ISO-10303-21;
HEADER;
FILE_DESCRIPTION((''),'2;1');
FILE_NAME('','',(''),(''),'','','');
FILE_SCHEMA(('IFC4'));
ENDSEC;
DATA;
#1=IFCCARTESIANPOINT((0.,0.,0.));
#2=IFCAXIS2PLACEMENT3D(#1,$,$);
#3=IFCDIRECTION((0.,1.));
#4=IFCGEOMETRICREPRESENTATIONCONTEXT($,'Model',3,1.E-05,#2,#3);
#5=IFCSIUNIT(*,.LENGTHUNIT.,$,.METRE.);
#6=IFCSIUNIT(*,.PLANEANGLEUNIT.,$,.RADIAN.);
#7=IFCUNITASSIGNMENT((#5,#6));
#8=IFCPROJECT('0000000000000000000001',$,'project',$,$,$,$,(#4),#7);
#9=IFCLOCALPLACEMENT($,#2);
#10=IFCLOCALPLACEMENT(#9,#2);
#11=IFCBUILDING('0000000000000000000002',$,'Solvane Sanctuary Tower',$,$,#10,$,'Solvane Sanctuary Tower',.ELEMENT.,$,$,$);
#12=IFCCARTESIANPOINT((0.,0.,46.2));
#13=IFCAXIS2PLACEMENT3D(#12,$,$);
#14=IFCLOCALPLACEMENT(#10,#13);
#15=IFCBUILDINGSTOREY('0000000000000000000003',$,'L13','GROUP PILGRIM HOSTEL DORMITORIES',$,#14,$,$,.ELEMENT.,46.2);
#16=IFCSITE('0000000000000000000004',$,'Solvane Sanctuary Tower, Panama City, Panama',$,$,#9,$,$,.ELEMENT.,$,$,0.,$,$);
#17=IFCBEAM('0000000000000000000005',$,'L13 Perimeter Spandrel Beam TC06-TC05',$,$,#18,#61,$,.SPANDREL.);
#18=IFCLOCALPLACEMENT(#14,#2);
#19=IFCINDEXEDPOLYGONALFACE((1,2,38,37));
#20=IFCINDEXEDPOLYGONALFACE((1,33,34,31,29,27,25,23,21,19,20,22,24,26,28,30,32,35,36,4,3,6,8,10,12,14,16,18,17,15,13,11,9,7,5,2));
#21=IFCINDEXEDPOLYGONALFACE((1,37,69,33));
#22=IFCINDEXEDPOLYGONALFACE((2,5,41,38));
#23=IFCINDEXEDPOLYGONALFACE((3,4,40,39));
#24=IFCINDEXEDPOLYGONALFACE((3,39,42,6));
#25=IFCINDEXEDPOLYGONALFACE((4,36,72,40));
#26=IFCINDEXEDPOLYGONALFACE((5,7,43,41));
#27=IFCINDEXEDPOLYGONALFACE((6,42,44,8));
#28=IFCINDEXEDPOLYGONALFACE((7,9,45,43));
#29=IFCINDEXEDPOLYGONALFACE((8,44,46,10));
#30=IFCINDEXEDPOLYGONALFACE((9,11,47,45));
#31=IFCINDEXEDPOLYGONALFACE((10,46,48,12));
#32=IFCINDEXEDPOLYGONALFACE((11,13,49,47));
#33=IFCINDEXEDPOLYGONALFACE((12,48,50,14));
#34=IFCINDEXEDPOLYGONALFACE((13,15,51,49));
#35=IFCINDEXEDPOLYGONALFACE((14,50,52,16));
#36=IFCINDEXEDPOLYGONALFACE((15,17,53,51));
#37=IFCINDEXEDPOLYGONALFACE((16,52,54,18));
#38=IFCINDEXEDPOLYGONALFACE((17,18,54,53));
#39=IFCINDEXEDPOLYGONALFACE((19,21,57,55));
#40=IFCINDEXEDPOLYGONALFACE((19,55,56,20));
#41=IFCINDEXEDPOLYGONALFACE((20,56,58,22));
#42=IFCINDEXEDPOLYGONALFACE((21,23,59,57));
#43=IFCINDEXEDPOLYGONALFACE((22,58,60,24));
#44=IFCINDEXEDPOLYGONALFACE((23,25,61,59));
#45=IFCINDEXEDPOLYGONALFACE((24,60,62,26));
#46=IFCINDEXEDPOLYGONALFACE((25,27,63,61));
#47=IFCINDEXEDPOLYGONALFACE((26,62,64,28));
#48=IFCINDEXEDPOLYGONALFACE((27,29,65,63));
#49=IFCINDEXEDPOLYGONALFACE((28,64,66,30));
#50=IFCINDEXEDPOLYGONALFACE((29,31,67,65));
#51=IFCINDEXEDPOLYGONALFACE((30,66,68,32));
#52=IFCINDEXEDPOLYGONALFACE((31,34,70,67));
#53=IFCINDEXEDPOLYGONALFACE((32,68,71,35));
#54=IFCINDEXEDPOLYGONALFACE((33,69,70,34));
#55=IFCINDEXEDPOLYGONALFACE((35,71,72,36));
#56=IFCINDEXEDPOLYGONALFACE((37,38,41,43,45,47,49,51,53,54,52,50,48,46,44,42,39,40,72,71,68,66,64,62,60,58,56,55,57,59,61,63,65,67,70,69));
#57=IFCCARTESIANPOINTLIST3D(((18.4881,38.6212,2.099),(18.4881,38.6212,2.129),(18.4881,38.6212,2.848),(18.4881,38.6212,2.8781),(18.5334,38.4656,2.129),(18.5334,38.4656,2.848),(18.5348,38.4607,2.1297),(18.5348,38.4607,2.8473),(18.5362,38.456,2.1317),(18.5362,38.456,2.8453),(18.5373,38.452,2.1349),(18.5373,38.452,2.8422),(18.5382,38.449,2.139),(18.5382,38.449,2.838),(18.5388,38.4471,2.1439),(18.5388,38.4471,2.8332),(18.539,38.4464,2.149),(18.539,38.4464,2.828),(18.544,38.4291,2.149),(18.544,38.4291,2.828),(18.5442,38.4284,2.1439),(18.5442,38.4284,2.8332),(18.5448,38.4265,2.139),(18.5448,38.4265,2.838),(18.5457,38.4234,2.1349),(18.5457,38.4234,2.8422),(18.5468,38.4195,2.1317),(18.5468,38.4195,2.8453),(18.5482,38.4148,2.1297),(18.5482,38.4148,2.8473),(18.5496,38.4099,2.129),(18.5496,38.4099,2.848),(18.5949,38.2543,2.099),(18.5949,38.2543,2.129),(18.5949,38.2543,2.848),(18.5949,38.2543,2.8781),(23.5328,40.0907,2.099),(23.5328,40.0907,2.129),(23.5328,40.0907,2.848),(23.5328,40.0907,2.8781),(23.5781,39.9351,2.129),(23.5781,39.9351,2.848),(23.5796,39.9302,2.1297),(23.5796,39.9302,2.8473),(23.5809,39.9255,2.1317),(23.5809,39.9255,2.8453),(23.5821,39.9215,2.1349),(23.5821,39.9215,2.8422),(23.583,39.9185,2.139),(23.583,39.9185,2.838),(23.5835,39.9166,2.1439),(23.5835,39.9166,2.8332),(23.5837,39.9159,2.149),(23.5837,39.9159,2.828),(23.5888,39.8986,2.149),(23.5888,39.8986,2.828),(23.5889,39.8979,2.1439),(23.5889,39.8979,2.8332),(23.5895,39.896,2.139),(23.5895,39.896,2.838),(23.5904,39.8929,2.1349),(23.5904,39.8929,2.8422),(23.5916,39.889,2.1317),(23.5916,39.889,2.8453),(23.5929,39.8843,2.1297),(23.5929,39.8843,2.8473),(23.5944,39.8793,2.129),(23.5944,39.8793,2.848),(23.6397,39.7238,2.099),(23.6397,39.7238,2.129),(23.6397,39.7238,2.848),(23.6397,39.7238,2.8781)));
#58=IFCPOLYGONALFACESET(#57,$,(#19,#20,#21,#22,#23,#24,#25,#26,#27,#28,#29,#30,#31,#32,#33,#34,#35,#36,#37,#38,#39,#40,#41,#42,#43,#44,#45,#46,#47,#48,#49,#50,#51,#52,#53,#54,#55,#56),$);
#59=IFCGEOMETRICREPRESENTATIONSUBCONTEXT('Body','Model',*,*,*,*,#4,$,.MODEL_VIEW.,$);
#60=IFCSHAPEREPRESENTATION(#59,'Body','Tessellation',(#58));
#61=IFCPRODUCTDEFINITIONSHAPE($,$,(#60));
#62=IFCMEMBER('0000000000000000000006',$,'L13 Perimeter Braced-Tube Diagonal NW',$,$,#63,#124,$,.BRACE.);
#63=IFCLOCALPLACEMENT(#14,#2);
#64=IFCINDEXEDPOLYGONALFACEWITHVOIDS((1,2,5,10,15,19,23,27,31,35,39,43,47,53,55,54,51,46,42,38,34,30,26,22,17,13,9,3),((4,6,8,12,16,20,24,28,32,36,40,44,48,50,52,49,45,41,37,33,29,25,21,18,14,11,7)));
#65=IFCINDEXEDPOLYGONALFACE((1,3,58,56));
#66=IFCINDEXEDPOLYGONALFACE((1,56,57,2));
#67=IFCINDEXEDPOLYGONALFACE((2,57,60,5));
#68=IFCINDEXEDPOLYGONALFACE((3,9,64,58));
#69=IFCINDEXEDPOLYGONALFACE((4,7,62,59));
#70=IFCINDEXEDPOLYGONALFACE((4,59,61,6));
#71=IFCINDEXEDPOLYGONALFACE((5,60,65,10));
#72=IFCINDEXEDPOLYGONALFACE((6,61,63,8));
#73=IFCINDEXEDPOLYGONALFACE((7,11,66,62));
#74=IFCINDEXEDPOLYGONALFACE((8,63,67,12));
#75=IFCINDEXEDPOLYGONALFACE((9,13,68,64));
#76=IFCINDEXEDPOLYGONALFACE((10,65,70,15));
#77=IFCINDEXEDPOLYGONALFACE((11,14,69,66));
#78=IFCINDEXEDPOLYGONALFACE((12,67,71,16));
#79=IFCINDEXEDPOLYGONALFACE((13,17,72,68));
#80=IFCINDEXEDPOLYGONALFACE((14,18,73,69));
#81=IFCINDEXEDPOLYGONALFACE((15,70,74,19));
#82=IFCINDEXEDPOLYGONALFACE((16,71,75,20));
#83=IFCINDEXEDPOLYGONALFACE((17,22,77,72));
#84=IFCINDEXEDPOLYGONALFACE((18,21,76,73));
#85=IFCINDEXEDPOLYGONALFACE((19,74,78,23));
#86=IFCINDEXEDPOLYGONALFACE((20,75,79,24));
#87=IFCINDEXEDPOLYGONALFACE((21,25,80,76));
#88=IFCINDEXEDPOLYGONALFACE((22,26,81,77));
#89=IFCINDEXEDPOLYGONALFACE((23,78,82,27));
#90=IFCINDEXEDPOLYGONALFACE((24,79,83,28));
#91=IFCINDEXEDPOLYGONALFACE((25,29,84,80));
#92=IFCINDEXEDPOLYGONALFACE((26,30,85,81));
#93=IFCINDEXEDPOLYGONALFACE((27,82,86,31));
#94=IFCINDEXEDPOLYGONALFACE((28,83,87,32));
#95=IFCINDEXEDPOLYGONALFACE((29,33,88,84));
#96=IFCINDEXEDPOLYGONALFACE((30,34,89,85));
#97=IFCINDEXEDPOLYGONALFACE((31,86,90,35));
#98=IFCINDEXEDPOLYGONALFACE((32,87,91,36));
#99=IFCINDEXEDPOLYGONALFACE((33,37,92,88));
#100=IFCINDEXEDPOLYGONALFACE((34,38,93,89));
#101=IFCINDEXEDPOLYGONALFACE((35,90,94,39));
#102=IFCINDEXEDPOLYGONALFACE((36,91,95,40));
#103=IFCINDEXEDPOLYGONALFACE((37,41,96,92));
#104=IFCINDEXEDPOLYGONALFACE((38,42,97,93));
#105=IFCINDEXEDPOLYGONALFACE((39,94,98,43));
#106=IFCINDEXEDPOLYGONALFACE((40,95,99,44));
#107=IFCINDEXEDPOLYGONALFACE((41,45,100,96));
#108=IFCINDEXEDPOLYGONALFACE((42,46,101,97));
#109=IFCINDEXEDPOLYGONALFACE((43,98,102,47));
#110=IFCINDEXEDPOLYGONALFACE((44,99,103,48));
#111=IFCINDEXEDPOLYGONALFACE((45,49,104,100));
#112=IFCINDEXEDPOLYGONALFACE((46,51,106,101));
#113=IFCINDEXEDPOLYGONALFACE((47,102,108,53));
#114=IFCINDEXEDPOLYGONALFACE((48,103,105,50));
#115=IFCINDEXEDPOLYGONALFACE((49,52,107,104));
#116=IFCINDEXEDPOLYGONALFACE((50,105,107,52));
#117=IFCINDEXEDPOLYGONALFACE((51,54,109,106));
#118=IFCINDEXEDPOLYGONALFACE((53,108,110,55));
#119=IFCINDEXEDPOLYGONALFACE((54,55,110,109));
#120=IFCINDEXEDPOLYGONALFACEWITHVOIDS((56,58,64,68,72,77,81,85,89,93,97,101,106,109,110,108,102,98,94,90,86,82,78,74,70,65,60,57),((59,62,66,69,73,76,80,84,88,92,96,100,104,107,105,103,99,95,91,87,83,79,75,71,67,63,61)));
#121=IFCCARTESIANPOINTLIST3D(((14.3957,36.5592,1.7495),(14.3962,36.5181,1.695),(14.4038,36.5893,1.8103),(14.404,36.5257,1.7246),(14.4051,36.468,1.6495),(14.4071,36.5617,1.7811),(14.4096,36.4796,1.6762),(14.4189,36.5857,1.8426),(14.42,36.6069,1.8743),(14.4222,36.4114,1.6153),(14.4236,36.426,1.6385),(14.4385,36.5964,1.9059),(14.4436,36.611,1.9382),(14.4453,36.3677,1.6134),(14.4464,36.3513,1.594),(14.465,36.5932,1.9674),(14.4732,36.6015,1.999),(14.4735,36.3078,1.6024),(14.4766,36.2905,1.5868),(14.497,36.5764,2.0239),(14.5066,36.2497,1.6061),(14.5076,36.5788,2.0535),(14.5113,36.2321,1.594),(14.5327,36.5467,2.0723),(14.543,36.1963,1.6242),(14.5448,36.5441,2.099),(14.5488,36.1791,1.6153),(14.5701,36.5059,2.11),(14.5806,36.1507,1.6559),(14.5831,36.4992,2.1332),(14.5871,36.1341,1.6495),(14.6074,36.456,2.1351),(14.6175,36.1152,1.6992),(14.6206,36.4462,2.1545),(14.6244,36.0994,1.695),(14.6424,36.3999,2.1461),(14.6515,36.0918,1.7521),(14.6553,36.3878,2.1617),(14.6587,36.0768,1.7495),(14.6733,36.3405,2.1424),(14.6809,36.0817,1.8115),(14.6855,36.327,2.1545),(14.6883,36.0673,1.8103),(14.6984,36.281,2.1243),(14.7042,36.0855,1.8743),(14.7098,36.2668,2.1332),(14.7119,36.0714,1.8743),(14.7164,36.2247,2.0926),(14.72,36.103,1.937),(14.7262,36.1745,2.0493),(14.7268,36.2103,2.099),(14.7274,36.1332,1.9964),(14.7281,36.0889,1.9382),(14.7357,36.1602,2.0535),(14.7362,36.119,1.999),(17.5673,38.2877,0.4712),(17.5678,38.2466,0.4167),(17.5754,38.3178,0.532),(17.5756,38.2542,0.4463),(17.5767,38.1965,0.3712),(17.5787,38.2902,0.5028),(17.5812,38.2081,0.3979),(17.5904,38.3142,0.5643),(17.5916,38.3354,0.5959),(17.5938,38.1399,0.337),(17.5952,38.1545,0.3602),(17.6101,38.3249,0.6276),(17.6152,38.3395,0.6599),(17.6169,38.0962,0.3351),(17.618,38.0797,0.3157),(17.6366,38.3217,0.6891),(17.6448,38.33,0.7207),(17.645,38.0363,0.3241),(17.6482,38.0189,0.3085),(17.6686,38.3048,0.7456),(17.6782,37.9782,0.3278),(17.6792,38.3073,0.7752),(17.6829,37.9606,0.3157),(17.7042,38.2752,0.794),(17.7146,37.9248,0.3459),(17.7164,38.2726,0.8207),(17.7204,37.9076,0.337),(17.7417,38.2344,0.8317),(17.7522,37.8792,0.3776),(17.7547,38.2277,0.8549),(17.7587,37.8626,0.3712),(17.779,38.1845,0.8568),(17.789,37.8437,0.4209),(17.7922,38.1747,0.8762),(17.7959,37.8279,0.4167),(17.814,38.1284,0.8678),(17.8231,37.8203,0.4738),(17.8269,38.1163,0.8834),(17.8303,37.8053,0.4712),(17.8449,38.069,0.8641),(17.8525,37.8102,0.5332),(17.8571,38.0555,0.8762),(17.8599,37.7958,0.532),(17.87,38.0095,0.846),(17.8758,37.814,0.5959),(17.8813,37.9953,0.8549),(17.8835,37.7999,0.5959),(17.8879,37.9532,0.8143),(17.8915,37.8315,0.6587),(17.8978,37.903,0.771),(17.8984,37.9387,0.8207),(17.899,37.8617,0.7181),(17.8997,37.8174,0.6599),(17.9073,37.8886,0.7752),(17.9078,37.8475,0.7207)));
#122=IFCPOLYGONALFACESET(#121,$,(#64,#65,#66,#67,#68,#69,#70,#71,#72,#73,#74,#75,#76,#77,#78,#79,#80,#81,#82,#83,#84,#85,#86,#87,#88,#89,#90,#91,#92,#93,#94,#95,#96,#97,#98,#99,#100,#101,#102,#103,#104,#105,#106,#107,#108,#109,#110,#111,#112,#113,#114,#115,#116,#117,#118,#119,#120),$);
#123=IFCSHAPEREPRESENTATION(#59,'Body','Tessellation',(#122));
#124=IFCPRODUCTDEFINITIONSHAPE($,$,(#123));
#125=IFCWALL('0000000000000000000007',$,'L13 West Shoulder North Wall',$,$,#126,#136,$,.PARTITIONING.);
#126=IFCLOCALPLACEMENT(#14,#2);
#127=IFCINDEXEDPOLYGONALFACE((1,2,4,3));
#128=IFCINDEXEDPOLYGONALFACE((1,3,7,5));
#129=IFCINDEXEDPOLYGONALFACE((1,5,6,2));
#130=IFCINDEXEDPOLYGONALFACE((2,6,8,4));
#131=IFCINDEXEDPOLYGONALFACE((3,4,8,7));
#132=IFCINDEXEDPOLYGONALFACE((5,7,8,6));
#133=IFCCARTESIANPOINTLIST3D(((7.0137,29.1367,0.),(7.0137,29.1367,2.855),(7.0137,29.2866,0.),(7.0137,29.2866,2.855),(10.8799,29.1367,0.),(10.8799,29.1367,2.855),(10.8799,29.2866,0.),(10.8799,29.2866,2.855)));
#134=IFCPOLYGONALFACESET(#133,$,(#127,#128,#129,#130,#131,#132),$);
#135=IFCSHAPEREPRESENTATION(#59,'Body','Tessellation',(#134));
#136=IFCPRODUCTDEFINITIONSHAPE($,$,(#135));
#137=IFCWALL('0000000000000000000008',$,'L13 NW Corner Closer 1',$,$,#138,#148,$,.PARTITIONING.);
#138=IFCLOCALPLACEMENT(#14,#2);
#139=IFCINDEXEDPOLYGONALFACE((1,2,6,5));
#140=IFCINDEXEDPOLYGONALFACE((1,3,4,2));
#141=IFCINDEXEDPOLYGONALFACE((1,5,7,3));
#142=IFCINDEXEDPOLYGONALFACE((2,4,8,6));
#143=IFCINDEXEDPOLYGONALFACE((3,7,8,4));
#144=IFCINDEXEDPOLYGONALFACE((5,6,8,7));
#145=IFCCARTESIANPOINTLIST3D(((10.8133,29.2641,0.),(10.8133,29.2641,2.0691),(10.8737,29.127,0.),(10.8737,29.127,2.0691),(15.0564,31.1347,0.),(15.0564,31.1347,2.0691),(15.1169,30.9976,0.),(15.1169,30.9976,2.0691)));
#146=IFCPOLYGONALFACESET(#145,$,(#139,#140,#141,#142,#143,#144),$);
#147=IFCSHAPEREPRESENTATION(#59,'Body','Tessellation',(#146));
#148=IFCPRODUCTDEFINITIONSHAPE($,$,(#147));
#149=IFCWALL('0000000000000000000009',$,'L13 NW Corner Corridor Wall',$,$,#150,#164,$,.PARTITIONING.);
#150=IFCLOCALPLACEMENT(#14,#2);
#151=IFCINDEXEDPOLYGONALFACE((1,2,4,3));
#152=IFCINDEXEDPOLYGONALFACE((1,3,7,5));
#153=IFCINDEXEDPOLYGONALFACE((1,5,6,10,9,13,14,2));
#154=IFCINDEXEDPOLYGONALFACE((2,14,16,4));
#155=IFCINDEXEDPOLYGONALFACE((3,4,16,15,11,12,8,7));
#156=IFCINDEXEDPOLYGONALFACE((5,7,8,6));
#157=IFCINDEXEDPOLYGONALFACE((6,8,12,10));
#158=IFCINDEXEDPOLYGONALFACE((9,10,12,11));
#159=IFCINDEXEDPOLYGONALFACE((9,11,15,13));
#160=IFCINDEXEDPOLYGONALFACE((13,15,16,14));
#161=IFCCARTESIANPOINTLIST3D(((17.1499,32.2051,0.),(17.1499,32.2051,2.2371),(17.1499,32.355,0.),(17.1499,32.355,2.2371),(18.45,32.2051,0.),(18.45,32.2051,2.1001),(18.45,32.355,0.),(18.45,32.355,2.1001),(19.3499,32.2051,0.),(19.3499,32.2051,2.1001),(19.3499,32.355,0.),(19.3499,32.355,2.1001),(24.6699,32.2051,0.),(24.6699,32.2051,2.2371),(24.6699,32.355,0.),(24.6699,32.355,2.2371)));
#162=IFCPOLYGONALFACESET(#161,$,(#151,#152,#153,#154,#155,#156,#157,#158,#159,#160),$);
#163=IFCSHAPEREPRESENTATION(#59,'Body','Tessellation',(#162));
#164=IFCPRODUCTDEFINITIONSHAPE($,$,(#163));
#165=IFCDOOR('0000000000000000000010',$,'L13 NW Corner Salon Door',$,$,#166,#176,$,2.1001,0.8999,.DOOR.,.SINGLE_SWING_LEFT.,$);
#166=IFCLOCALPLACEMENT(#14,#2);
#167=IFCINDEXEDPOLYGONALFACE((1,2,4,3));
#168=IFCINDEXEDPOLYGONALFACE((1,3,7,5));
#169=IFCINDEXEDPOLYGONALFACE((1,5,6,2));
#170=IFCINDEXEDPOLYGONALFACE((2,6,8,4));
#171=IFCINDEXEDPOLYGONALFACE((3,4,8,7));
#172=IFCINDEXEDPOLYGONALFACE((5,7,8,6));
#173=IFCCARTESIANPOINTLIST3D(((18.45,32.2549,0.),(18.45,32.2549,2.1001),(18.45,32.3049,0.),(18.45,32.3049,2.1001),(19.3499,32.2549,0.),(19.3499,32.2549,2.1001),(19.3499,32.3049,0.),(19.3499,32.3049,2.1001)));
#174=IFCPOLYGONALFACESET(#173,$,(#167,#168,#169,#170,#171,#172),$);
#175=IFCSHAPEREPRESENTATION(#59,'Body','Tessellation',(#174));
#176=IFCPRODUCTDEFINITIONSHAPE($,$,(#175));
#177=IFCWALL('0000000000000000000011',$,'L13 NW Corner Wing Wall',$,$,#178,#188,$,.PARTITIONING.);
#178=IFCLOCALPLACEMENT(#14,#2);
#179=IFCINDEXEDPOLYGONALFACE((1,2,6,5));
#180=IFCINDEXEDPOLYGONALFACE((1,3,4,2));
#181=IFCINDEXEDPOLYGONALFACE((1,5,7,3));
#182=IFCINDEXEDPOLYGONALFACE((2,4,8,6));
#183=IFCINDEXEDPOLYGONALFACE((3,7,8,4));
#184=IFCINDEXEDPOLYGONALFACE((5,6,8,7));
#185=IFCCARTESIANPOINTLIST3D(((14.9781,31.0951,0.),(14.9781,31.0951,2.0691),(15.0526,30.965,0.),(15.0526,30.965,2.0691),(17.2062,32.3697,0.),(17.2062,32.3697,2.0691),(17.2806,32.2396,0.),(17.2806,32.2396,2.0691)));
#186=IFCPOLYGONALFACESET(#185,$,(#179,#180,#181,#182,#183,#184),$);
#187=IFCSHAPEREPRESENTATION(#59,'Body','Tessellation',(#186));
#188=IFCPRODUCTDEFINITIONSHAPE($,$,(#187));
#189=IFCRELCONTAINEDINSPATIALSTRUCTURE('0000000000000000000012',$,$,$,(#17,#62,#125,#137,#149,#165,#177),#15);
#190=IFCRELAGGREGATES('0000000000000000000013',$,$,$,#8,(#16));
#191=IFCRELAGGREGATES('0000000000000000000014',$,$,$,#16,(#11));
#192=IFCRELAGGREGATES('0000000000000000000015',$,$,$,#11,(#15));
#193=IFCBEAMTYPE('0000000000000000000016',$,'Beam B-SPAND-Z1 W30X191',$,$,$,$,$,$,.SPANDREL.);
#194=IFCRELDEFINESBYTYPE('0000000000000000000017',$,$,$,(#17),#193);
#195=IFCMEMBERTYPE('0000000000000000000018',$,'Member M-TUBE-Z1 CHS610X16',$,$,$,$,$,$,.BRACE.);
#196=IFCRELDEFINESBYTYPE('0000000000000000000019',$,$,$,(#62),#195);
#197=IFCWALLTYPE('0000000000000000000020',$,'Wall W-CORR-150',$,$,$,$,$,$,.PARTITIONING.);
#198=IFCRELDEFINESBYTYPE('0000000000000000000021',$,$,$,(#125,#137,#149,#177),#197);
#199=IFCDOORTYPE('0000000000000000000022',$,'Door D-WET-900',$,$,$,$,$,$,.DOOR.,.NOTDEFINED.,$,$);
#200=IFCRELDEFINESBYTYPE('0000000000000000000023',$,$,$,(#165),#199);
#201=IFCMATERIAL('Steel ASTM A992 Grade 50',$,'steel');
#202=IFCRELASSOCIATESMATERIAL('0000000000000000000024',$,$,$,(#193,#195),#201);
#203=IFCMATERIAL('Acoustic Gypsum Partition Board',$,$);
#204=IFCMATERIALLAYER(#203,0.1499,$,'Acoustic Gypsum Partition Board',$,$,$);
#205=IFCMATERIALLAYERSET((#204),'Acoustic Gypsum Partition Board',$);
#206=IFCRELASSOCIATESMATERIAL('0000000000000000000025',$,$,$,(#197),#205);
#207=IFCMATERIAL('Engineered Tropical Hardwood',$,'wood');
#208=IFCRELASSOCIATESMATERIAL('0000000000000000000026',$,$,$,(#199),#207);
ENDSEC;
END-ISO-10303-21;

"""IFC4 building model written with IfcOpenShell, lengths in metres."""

from ifc_helpers import new_model, si_unit, direction, frame, frame_2d, origin, origin_2d, place, context, subcontext, project, spatial, rectangle, hollow_circle, i_section, extrude, material, layer, layer_set, material_profile, profile_set, type_object, element, fill, save


model = new_model("IFC4")

# Units and contexts
model_context = context("Model", 3, precision=1e-05, world=origin(), true_north=direction((0.0, 1.0)))
body_context = subcontext(model_context, "Body", "Model", "MODEL_VIEW")
ifc_project = project(units=[si_unit("LENGTHUNIT", "METRE"), si_unit("PLANEANGLEUNIT", "RADIAN")], contexts=[model_context])

# Site, building, storey
site_placement = place(None, origin())
site = spatial("IfcSite", under=ifc_project, at=site_placement, Name="Solvane Sanctuary Tower, Panama City, Panama", CompositionType="ELEMENT", RefElevation=0.0)
building_placement = place(site_placement, origin())
building = spatial("IfcBuilding", under=site, at=building_placement, Name="Solvane Sanctuary Tower", LongName="Solvane Sanctuary Tower", CompositionType="ELEMENT")
storey_placement = place(building_placement, frame((0.0, 0.0, 46.2)))
storey = spatial("IfcBuildingStorey", under=building, at=storey_placement, Name="L13", Description="GROUP PILGRIM HOSTEL DORMITORIES", CompositionType="ELEMENT", Elevation=46.2)

# Beam
ifc_material_1 = material(Name="Steel ASTM A992 Grade 50", Category="steel")
ifc_material_profile_1 = material_profile(ifc_material_1, i_section(OverallWidth=0.3821, OverallDepth=0.7791, WebThickness=0.0181, FlangeThickness=0.03, FilletRadius=0.02, at=origin_2d()), Name="W30X191")
ifc_profile_set_1 = profile_set([ifc_material_profile_1], Name="Steel ASTM A992 Grade 50")
beam_type_1 = type_object("IfcBeamType", Name="Beam B-SPAND-Z1 W30X191", PredefinedType="SPANDREL", material=ifc_profile_set_1)
beam_1_placement = place(storey_placement, frame((18.5415, 38.4377, 2.4885), z_axis=(0.960096, 0.27967, 0.0), x_axis=(-0.27967, 0.960096, 0.0)))
element("IfcBeam", 1, at=beam_1_placement, inside=storey, type_object=beam_type_1, Name="L13 Perimeter Spandrel Beam TC06-TC05", PredefinedType="SPANDREL", context=body_context, shape_type="SweptSolid", body=[
    extrude(i_section(OverallWidth=0.3821, OverallDepth=0.7791, WebThickness=0.0181, FlangeThickness=0.03, FilletRadius=0.02, at=origin_2d()), origin(), (0.0, 0.0, 1.0), 5.2544),
])

# Member
ifc_material_profile_2 = material_profile(ifc_material_1, hollow_circle(Radius=0.3049, WallThickness=0.0161, at=origin_2d()), Name="CHS610X16")
ifc_profile_set_2 = profile_set([ifc_material_profile_2], Name="Steel ASTM A992 Grade 50")
member_type = type_object("IfcMemberType", Name="Member M-TUBE-Z1 CHS610X16", PredefinedType="BRACE", material=ifc_profile_set_2)
member_placement = place(storey_placement, frame((17.7375, 38.0676, 0.5959), z_axis=(-0.827758, -0.451122, 0.333626), x_axis=(0.47854, -0.878066, 0.0)))
element("IfcMember", 2, at=member_placement, inside=storey, type_object=member_type, Name="L13 Perimeter Braced-Tube Diagonal NW", PredefinedType="BRACE", context=body_context, shape_type="SweptSolid", body=[
    extrude(hollow_circle(Radius=0.3049, WallThickness=0.0161, at=origin_2d()), origin(), (0.0, 0.0, 1.0), 3.8315),
])

# Walls
ifc_material_2 = material(Name="Acoustic Gypsum Partition Board")
ifc_layer_1 = layer(ifc_material_2, 0.1499, Name="Acoustic Gypsum Partition Board")
ifc_layer_set_1 = layer_set([ifc_layer_1], Name="Acoustic Gypsum Partition Board")
wall_type_1 = type_object("IfcWallType", Name="Wall W-CORR-150", PredefinedType="PARTITIONING", material=ifc_layer_set_1)
wall_1_placement = place(storey_placement, frame((7.0137, 29.2117, 0.0), z_axis=(0.0, 0.0, 1.0), x_axis=(1.0, 0.0, 0.0)))
element("IfcWall", 3, at=wall_1_placement, inside=storey, type_object=wall_type_1, Name="L13 West Shoulder North Wall", PredefinedType="PARTITIONING", context=body_context, shape_type="SweptSolid", body=[
    extrude(rectangle(XDim=3.8662, YDim=0.1499, at=frame_2d((1.9331, 0.0))), origin(), (0.0, 0.0, 1.0), 2.855),
])
wall_2_placement = place(storey_placement, frame((10.8435, 29.1956, 0.0), z_axis=(0.0, 0.0, 1.0), x_axis=(0.915028, 0.403391, 0.0)))
element("IfcWall", 4, at=wall_2_placement, inside=storey, type_object=wall_type_1, Name="L13 NW Corner Closer 1", PredefinedType="PARTITIONING", context=body_context, shape_type="SweptSolid", body=[
    extrude(rectangle(XDim=4.6372, YDim=0.1499, at=frame_2d((2.3186, 0.0))), origin(), (0.0, 0.0, 1.0), 2.0691),
])

# Wall, opening, door
wall_3_placement = place(storey_placement, frame((17.1499, 32.28, 0.0), z_axis=(0.0, 0.0, 1.0), x_axis=(1.0, 0.0, 0.0)))
wall_3 = element("IfcWall", 5, at=wall_3_placement, inside=storey, type_object=wall_type_1, Name="L13 NW Corner Corridor Wall", PredefinedType="PARTITIONING", context=body_context, shape_type="SweptSolid", body=[
    extrude(rectangle(XDim=7.52, YDim=0.1499, at=frame_2d((3.76, 0.0))), origin(), (0.0, 0.0, 1.0), 2.2371),
])
opening_1_placement = place(wall_3_placement, frame((1.3, 0.0, 0.0)))
opening_1 = element("IfcOpeningElement", 6, at=opening_1_placement, cuts=wall_3, PredefinedType="OPENING", context=body_context, shape_type="SweptSolid", body=[
    extrude(rectangle(XDim=0.8999, YDim=2.1001, at=frame_2d((0.45, 1.05))), frame((0.0, 0.085, 0.0), z_axis=(0.0, -1.0, 0.0), x_axis=(1.0, 0.0, 0.0)), (0.0, 0.0, 1.0), 0.1699),
])
ifc_material_3 = material(Name="Engineered Tropical Hardwood", Category="wood")
door_type_1 = type_object("IfcDoorType", Name="Door D-WET-900", OperationType="NOTDEFINED", PredefinedType="DOOR", material=ifc_material_3)
door_1_placement = place(opening_1_placement, origin())
door_1 = element("IfcDoor", 7, at=door_1_placement, inside=storey, type_object=door_type_1, Name="L13 NW Corner Salon Door", OperationType="SINGLE_SWING_LEFT", OverallHeight=2.1001, OverallWidth=0.8999, PredefinedType="DOOR", context=body_context, shape_type="SweptSolid", body=[
    extrude(rectangle(XDim=0.8999, YDim=2.1001, at=frame_2d((0.45, 1.05))), frame((0.0, 0.0249, 0.0), z_axis=(0.0, -1.0, 0.0), x_axis=(1.0, 0.0, 0.0)), (0.0, 0.0, 1.0), 0.05),
])
fill(opening_1, door_1)

# Wall
wall_4_placement = place(storey_placement, frame((17.2434, 32.3047, 0.0), z_axis=(0.0, 0.0, 1.0), x_axis=(-0.867991, -0.496579, 0.0)))
element("IfcWall", 8, at=wall_4_placement, inside=storey, type_object=wall_type_1, Name="L13 NW Corner Wing Wall", PredefinedType="PARTITIONING", context=body_context, shape_type="SweptSolid", body=[
    extrude(rectangle(XDim=2.5669, YDim=0.1499, at=frame_2d((1.2834, 0.0))), origin(), (0.0, 0.0, 1.0), 2.0691),
])

save(model, "model.ifc")
